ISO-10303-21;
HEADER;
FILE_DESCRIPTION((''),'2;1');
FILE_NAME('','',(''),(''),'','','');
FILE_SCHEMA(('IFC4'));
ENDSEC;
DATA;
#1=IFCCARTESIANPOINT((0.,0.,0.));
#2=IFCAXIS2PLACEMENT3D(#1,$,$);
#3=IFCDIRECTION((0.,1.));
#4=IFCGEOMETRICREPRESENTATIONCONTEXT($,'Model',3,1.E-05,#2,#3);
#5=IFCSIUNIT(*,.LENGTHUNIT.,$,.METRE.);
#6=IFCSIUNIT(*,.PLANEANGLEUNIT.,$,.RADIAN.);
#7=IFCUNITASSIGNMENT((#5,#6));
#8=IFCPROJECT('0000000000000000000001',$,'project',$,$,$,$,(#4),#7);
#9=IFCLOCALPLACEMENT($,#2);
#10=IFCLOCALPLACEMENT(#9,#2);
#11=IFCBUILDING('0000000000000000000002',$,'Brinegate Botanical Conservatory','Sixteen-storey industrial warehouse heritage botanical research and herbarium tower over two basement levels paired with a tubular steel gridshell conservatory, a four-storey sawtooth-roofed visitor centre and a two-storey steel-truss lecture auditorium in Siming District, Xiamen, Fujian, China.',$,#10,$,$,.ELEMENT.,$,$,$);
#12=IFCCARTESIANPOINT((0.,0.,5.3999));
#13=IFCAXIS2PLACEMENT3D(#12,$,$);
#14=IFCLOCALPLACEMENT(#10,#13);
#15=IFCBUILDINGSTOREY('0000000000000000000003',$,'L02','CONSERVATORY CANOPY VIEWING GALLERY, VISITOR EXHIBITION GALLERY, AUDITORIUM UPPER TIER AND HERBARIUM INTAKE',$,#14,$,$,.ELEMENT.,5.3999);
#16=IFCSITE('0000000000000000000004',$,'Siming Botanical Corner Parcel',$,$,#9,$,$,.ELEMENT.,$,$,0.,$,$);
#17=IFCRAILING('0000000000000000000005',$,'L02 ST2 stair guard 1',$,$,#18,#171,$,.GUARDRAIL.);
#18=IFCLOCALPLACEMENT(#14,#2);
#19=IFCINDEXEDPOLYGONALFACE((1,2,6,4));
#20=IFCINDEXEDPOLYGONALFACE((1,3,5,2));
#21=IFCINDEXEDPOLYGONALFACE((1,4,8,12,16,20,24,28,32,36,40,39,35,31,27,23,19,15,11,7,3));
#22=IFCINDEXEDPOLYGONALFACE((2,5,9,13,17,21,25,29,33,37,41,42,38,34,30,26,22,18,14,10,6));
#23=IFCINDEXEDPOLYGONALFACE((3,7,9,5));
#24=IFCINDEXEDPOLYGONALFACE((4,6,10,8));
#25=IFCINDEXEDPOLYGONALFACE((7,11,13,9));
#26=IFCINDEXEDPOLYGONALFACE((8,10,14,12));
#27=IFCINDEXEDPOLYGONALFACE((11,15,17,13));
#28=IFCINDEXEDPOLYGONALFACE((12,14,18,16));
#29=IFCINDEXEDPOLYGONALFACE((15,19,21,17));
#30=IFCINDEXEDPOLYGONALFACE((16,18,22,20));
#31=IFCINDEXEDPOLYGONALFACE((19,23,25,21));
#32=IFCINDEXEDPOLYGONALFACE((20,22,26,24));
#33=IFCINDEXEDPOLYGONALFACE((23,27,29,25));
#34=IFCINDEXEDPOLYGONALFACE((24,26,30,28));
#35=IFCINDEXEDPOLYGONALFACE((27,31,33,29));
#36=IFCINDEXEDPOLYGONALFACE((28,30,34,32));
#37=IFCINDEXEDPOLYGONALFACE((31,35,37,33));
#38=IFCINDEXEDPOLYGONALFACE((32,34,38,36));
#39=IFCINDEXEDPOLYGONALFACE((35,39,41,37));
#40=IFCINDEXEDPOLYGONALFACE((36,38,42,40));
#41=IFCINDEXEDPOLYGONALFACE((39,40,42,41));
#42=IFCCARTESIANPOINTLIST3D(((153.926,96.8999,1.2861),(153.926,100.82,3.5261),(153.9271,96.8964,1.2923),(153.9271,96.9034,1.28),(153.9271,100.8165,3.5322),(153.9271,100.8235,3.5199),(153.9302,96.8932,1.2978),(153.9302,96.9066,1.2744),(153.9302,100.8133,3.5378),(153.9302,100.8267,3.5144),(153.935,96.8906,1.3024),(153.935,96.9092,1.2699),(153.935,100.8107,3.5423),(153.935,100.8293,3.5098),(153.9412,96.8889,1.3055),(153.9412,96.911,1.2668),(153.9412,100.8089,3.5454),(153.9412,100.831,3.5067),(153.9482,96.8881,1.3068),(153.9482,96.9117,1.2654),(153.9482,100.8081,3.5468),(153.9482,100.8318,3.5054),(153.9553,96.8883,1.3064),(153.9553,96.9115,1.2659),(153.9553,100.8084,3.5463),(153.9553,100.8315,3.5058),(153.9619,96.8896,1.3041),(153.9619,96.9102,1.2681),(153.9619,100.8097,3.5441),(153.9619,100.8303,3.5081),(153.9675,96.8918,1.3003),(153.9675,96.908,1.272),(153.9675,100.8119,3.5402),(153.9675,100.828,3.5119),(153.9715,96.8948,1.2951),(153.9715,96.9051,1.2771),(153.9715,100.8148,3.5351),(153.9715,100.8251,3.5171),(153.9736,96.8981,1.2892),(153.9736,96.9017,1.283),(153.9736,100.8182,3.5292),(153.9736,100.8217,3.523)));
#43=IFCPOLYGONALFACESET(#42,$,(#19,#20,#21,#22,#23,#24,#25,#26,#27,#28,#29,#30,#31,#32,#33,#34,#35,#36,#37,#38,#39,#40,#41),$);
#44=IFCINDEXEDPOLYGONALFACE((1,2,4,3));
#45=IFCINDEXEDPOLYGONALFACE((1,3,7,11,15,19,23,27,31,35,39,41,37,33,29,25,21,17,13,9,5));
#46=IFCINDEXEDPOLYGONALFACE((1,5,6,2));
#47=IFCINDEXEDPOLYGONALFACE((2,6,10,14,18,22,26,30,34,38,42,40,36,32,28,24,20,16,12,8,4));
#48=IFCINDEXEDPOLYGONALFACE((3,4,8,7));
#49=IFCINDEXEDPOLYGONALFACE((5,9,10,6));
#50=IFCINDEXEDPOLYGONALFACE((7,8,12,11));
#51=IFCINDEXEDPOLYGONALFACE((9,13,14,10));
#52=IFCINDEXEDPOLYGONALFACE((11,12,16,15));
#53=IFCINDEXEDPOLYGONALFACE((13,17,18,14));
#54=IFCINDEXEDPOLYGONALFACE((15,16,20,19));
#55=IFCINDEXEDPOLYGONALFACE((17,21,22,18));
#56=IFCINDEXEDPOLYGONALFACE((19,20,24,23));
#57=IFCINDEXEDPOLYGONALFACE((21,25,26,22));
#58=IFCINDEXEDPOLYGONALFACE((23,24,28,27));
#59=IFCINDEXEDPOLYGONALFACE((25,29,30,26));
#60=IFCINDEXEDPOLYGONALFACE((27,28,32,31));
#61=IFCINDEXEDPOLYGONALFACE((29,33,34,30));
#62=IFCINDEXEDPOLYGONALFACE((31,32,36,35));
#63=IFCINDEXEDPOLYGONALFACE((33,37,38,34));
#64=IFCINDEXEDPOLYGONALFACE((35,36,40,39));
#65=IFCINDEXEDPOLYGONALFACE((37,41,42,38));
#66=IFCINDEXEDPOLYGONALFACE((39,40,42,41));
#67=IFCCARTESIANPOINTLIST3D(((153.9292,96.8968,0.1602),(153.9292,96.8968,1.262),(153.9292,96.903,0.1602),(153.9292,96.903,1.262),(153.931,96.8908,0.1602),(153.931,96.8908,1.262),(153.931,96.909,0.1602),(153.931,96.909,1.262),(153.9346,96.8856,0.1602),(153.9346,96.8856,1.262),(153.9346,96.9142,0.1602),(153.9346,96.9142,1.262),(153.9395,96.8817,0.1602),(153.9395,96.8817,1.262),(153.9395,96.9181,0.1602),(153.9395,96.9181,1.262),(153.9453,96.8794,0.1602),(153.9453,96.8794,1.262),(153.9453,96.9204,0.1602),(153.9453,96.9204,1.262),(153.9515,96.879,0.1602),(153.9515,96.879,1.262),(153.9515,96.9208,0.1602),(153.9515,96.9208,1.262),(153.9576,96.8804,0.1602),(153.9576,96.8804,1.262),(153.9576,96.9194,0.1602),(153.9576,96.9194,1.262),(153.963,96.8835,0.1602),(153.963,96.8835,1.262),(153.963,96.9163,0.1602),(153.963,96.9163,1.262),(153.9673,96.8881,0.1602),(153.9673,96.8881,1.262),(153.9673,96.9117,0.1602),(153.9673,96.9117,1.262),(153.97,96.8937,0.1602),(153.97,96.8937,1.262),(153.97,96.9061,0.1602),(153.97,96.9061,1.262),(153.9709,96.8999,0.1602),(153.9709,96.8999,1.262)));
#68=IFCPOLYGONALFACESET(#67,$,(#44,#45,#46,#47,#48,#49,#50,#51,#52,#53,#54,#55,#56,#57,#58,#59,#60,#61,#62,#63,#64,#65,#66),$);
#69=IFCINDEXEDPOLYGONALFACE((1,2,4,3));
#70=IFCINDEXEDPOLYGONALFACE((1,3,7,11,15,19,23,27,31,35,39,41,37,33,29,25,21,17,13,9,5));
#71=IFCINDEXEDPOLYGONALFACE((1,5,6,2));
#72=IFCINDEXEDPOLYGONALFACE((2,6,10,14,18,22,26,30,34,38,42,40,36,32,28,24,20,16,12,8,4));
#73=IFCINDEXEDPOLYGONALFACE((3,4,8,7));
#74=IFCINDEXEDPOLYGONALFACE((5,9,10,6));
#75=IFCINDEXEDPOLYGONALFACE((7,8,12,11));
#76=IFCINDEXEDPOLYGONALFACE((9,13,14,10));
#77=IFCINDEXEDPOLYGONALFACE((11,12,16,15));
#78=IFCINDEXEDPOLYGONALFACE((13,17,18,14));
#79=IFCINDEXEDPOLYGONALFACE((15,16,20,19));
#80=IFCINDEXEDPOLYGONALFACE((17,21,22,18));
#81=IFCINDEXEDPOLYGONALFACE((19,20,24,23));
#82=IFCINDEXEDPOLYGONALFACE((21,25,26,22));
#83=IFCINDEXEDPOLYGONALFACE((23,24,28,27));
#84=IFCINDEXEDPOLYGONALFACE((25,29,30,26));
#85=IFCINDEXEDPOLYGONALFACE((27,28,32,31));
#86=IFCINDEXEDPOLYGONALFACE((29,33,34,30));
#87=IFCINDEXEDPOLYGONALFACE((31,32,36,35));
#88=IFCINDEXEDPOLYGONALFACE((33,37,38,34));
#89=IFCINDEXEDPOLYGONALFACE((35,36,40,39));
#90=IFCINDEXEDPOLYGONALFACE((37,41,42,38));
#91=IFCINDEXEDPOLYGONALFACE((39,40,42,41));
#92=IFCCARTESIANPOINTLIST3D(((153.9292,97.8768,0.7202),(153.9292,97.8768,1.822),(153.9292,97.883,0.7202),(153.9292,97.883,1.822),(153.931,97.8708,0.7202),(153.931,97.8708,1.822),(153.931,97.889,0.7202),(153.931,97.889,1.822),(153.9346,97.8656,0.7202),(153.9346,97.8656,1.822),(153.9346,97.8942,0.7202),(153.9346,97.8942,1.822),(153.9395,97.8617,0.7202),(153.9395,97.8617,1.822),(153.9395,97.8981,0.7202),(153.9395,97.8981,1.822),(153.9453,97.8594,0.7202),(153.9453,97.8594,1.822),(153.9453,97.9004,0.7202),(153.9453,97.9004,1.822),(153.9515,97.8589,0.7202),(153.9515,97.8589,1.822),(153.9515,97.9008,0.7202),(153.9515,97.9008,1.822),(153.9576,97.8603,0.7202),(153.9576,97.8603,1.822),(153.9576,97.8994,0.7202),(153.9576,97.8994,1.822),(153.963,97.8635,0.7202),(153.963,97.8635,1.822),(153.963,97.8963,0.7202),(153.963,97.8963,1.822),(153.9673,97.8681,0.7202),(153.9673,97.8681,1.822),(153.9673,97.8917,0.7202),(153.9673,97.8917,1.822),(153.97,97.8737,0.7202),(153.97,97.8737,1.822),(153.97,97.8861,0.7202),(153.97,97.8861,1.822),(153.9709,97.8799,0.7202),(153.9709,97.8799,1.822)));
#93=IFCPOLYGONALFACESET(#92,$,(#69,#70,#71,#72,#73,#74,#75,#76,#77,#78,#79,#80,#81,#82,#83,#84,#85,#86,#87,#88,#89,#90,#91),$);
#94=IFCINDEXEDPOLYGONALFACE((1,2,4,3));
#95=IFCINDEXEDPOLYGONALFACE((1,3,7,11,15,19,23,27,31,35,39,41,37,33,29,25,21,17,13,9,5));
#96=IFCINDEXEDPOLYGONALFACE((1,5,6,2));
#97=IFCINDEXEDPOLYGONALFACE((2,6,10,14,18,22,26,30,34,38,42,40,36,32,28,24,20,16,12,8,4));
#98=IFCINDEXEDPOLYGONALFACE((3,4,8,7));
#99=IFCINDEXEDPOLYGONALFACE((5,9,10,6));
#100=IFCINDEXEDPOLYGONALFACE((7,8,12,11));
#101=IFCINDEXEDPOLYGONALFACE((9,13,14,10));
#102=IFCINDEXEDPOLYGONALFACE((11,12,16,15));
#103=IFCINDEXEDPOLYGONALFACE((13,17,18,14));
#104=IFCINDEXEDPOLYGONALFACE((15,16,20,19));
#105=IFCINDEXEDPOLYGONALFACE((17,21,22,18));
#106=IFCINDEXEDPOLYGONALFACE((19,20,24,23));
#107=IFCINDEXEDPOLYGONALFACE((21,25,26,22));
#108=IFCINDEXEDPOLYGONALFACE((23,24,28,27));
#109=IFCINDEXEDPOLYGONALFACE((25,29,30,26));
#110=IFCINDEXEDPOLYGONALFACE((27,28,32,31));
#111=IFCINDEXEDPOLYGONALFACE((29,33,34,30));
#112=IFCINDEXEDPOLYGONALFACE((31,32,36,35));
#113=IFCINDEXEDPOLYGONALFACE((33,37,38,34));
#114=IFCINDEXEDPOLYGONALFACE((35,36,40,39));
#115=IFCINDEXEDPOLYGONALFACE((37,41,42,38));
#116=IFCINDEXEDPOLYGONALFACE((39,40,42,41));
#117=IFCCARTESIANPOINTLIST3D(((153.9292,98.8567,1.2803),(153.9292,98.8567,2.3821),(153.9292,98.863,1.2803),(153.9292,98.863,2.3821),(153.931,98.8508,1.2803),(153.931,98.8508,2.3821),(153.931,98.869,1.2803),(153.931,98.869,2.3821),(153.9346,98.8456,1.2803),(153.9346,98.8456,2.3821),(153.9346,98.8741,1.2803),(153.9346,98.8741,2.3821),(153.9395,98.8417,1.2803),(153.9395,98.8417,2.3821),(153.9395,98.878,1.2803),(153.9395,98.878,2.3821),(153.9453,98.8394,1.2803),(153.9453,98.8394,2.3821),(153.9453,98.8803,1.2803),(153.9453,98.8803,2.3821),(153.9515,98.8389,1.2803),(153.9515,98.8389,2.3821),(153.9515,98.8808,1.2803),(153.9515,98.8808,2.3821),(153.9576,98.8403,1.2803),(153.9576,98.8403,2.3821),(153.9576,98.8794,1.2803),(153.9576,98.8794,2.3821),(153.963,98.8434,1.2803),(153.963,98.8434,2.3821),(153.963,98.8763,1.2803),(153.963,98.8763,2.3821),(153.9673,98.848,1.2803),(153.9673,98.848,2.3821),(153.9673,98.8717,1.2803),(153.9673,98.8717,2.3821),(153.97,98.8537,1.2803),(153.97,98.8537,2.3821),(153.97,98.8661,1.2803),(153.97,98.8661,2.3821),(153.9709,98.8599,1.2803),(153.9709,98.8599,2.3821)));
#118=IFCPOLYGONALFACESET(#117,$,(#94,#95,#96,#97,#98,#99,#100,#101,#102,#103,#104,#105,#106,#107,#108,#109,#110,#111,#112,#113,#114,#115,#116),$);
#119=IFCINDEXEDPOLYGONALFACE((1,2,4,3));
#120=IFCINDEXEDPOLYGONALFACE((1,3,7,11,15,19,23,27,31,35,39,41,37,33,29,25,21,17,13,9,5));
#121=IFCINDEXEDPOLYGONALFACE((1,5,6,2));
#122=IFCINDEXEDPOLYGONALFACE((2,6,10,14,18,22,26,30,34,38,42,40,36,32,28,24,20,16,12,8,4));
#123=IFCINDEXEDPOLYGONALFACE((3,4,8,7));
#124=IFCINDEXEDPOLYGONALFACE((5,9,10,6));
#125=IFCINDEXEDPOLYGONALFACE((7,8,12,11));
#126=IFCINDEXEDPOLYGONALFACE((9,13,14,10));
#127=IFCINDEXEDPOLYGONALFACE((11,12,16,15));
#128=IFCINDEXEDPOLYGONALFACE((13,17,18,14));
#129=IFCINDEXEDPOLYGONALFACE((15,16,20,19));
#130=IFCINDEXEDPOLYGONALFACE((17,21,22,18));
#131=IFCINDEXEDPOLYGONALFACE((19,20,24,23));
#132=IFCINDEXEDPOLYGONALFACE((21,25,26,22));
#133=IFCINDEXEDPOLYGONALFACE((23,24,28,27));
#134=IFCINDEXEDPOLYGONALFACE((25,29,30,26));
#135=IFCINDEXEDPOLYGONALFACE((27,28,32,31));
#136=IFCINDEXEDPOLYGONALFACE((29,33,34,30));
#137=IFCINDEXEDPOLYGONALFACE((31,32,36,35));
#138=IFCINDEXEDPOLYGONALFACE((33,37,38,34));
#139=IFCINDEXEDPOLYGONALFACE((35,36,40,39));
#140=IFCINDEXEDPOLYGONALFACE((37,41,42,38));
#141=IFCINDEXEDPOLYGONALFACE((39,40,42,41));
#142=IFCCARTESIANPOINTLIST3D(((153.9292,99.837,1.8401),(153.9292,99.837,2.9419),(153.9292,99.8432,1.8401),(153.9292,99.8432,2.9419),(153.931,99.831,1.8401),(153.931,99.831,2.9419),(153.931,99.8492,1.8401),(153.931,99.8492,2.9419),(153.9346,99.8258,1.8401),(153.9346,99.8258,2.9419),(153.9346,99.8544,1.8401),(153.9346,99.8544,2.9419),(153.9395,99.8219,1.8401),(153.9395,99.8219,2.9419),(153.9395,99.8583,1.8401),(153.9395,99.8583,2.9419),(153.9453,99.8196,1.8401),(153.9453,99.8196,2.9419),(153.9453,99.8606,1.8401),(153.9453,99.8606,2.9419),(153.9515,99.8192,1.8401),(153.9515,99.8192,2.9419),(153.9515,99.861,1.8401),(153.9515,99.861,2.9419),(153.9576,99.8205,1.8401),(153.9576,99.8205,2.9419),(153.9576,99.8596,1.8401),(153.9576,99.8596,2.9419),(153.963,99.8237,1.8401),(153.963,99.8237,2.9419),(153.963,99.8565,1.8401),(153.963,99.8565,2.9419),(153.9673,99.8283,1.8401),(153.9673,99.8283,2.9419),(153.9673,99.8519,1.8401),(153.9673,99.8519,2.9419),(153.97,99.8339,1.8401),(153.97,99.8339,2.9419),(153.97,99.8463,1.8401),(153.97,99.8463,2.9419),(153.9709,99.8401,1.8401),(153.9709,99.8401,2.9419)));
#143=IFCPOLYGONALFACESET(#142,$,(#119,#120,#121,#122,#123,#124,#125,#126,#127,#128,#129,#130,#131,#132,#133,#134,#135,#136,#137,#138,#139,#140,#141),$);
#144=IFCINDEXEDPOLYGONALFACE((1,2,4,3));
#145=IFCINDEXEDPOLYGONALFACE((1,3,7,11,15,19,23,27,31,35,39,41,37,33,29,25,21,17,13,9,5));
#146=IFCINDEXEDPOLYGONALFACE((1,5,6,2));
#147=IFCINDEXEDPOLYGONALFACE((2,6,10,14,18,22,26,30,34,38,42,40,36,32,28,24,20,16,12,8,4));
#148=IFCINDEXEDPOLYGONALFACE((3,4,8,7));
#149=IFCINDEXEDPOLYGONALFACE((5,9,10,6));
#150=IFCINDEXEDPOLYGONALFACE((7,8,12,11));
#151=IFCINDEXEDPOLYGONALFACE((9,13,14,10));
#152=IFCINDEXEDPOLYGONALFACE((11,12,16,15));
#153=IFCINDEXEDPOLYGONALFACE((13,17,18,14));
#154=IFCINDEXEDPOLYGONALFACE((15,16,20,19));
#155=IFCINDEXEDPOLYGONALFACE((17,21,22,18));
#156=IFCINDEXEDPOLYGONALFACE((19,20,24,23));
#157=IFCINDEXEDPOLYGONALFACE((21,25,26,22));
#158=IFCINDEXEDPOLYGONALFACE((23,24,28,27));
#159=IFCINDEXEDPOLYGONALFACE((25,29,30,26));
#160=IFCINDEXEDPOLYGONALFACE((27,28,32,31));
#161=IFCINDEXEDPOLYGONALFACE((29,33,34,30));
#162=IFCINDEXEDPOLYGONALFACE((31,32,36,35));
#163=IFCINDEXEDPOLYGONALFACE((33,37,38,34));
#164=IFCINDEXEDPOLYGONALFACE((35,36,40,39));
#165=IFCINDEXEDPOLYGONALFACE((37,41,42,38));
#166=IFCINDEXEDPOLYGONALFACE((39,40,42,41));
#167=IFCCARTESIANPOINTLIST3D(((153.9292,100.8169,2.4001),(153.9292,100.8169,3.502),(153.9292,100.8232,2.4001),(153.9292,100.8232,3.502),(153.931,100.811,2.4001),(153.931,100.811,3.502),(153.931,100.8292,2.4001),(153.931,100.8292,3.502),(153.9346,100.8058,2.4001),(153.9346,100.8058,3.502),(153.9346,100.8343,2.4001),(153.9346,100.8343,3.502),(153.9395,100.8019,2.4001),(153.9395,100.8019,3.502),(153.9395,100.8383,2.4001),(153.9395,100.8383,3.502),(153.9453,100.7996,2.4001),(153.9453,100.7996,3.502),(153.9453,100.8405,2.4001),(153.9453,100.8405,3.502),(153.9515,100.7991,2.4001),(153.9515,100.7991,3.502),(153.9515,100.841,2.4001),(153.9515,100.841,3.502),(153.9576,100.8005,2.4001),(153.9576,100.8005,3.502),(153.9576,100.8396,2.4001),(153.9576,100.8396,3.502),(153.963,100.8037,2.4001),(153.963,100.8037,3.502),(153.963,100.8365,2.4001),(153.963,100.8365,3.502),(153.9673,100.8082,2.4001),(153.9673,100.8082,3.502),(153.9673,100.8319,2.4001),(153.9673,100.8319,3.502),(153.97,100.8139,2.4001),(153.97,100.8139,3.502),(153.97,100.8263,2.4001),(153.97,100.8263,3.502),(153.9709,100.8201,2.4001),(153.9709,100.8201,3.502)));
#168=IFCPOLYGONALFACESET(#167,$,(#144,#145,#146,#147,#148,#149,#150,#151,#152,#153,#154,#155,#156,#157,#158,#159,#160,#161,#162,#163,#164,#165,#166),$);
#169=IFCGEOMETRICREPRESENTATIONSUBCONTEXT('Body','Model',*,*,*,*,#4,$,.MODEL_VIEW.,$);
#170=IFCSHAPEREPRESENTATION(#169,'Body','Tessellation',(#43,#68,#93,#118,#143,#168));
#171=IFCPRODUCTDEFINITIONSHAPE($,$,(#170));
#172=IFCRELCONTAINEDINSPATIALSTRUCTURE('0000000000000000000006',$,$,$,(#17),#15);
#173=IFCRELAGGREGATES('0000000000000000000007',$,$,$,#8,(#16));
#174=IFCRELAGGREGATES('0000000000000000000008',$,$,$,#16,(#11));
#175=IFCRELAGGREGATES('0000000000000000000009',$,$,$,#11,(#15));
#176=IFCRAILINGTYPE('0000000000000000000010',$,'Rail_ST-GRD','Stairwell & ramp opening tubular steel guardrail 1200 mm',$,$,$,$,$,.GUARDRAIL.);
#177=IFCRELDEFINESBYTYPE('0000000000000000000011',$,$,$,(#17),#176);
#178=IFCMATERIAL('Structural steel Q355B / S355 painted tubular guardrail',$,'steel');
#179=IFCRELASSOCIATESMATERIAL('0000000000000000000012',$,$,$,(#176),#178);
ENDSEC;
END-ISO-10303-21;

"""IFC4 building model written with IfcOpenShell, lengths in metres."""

from ifc_helpers import new_model, si_unit, direction, frame, origin, origin_2d, place, context, subcontext, project, spatial, circle, extrude, material, type_object, element, save


model = new_model("IFC4")

# Units and contexts
model_context = context("Model", 3, precision=1e-05, world=origin(), true_north=direction((0.0, 1.0)))
body_context = subcontext(model_context, "Body", "Model", "MODEL_VIEW")
ifc_project = project(units=[si_unit("LENGTHUNIT", "METRE"), si_unit("PLANEANGLEUNIT", "RADIAN")], contexts=[model_context])

# Site, building, storey
site_placement = place(None, origin())
site = spatial("IfcSite", under=ifc_project, at=site_placement, Name="Siming Botanical Corner Parcel", CompositionType="ELEMENT", RefElevation=0.0)
building_placement = place(site_placement, origin())
building = spatial("IfcBuilding", under=site, at=building_placement, Name="Brinegate Botanical Conservatory", Description="Sixteen-storey industrial warehouse heritage botanical research and herbarium tower over two basement levels paired with a tubular steel gridshell conservatory, a four-storey sawtooth-roofed visitor centre and a two-storey steel-truss lecture auditorium in Siming District, Xiamen, Fujian, China.", CompositionType="ELEMENT")
storey_placement = place(building_placement, frame((0.0, 0.0, 5.3999)))
storey = spatial("IfcBuildingStorey", under=building, at=storey_placement, Name="L02", Description="CONSERVATORY CANOPY VIEWING GALLERY, VISITOR EXHIBITION GALLERY, AUDITORIUM UPPER TIER AND HERBARIUM INTAKE", CompositionType="ELEMENT", Elevation=5.3999)

# Railing
ifc_material_1 = material(Name="Structural steel Q355B / S355 painted tubular guardrail", Category="steel")
railing_type_1 = type_object("IfcRailingType", Name="Rail_ST-GRD", Description="Stairwell & ramp opening tubular steel guardrail 1200 mm", PredefinedType="GUARDRAIL", material=ifc_material_1)
railing_1_placement = place(storey_placement, frame((153.95, 96.8999, 0.1602)))
element("IfcRailing", 1, at=railing_1_placement, inside=storey, type_object=railing_type_1, Name="L02 ST2 stair guard 1", PredefinedType="GUARDRAIL", context=body_context, shape_type="SweptSolid", body=[
    extrude(circle(Radius=0.0239, at=origin_2d()), frame((0.0, 0.0, 1.126), z_axis=(0.0, 0.868253, 0.496121), x_axis=(-1.0, 0.0, 0.0)), (0.0, 0.0, 1.0), 4.5149),
    extrude(circle(Radius=0.021, at=origin_2d()), origin(), (0.0, 0.0, 1.0), 1.1018),
    extrude(circle(Radius=0.021, at=origin_2d()), frame((0.0, 0.98, 0.5601)), (0.0, 0.0, 1.0), 1.1018),
    extrude(circle(Radius=0.021, at=origin_2d()), frame((0.0, 1.96, 1.1201)), (0.0, 0.0, 1.0), 1.1018),
    extrude(circle(Radius=0.021, at=origin_2d()), frame((0.0, 2.9402, 1.6799)), (0.0, 0.0, 1.0), 1.1018),
    extrude(circle(Radius=0.021, at=origin_2d()), frame((0.0, 3.9202, 2.24)), (0.0, 0.0, 1.0), 1.1018),
])

save(model, "model.ifc")
